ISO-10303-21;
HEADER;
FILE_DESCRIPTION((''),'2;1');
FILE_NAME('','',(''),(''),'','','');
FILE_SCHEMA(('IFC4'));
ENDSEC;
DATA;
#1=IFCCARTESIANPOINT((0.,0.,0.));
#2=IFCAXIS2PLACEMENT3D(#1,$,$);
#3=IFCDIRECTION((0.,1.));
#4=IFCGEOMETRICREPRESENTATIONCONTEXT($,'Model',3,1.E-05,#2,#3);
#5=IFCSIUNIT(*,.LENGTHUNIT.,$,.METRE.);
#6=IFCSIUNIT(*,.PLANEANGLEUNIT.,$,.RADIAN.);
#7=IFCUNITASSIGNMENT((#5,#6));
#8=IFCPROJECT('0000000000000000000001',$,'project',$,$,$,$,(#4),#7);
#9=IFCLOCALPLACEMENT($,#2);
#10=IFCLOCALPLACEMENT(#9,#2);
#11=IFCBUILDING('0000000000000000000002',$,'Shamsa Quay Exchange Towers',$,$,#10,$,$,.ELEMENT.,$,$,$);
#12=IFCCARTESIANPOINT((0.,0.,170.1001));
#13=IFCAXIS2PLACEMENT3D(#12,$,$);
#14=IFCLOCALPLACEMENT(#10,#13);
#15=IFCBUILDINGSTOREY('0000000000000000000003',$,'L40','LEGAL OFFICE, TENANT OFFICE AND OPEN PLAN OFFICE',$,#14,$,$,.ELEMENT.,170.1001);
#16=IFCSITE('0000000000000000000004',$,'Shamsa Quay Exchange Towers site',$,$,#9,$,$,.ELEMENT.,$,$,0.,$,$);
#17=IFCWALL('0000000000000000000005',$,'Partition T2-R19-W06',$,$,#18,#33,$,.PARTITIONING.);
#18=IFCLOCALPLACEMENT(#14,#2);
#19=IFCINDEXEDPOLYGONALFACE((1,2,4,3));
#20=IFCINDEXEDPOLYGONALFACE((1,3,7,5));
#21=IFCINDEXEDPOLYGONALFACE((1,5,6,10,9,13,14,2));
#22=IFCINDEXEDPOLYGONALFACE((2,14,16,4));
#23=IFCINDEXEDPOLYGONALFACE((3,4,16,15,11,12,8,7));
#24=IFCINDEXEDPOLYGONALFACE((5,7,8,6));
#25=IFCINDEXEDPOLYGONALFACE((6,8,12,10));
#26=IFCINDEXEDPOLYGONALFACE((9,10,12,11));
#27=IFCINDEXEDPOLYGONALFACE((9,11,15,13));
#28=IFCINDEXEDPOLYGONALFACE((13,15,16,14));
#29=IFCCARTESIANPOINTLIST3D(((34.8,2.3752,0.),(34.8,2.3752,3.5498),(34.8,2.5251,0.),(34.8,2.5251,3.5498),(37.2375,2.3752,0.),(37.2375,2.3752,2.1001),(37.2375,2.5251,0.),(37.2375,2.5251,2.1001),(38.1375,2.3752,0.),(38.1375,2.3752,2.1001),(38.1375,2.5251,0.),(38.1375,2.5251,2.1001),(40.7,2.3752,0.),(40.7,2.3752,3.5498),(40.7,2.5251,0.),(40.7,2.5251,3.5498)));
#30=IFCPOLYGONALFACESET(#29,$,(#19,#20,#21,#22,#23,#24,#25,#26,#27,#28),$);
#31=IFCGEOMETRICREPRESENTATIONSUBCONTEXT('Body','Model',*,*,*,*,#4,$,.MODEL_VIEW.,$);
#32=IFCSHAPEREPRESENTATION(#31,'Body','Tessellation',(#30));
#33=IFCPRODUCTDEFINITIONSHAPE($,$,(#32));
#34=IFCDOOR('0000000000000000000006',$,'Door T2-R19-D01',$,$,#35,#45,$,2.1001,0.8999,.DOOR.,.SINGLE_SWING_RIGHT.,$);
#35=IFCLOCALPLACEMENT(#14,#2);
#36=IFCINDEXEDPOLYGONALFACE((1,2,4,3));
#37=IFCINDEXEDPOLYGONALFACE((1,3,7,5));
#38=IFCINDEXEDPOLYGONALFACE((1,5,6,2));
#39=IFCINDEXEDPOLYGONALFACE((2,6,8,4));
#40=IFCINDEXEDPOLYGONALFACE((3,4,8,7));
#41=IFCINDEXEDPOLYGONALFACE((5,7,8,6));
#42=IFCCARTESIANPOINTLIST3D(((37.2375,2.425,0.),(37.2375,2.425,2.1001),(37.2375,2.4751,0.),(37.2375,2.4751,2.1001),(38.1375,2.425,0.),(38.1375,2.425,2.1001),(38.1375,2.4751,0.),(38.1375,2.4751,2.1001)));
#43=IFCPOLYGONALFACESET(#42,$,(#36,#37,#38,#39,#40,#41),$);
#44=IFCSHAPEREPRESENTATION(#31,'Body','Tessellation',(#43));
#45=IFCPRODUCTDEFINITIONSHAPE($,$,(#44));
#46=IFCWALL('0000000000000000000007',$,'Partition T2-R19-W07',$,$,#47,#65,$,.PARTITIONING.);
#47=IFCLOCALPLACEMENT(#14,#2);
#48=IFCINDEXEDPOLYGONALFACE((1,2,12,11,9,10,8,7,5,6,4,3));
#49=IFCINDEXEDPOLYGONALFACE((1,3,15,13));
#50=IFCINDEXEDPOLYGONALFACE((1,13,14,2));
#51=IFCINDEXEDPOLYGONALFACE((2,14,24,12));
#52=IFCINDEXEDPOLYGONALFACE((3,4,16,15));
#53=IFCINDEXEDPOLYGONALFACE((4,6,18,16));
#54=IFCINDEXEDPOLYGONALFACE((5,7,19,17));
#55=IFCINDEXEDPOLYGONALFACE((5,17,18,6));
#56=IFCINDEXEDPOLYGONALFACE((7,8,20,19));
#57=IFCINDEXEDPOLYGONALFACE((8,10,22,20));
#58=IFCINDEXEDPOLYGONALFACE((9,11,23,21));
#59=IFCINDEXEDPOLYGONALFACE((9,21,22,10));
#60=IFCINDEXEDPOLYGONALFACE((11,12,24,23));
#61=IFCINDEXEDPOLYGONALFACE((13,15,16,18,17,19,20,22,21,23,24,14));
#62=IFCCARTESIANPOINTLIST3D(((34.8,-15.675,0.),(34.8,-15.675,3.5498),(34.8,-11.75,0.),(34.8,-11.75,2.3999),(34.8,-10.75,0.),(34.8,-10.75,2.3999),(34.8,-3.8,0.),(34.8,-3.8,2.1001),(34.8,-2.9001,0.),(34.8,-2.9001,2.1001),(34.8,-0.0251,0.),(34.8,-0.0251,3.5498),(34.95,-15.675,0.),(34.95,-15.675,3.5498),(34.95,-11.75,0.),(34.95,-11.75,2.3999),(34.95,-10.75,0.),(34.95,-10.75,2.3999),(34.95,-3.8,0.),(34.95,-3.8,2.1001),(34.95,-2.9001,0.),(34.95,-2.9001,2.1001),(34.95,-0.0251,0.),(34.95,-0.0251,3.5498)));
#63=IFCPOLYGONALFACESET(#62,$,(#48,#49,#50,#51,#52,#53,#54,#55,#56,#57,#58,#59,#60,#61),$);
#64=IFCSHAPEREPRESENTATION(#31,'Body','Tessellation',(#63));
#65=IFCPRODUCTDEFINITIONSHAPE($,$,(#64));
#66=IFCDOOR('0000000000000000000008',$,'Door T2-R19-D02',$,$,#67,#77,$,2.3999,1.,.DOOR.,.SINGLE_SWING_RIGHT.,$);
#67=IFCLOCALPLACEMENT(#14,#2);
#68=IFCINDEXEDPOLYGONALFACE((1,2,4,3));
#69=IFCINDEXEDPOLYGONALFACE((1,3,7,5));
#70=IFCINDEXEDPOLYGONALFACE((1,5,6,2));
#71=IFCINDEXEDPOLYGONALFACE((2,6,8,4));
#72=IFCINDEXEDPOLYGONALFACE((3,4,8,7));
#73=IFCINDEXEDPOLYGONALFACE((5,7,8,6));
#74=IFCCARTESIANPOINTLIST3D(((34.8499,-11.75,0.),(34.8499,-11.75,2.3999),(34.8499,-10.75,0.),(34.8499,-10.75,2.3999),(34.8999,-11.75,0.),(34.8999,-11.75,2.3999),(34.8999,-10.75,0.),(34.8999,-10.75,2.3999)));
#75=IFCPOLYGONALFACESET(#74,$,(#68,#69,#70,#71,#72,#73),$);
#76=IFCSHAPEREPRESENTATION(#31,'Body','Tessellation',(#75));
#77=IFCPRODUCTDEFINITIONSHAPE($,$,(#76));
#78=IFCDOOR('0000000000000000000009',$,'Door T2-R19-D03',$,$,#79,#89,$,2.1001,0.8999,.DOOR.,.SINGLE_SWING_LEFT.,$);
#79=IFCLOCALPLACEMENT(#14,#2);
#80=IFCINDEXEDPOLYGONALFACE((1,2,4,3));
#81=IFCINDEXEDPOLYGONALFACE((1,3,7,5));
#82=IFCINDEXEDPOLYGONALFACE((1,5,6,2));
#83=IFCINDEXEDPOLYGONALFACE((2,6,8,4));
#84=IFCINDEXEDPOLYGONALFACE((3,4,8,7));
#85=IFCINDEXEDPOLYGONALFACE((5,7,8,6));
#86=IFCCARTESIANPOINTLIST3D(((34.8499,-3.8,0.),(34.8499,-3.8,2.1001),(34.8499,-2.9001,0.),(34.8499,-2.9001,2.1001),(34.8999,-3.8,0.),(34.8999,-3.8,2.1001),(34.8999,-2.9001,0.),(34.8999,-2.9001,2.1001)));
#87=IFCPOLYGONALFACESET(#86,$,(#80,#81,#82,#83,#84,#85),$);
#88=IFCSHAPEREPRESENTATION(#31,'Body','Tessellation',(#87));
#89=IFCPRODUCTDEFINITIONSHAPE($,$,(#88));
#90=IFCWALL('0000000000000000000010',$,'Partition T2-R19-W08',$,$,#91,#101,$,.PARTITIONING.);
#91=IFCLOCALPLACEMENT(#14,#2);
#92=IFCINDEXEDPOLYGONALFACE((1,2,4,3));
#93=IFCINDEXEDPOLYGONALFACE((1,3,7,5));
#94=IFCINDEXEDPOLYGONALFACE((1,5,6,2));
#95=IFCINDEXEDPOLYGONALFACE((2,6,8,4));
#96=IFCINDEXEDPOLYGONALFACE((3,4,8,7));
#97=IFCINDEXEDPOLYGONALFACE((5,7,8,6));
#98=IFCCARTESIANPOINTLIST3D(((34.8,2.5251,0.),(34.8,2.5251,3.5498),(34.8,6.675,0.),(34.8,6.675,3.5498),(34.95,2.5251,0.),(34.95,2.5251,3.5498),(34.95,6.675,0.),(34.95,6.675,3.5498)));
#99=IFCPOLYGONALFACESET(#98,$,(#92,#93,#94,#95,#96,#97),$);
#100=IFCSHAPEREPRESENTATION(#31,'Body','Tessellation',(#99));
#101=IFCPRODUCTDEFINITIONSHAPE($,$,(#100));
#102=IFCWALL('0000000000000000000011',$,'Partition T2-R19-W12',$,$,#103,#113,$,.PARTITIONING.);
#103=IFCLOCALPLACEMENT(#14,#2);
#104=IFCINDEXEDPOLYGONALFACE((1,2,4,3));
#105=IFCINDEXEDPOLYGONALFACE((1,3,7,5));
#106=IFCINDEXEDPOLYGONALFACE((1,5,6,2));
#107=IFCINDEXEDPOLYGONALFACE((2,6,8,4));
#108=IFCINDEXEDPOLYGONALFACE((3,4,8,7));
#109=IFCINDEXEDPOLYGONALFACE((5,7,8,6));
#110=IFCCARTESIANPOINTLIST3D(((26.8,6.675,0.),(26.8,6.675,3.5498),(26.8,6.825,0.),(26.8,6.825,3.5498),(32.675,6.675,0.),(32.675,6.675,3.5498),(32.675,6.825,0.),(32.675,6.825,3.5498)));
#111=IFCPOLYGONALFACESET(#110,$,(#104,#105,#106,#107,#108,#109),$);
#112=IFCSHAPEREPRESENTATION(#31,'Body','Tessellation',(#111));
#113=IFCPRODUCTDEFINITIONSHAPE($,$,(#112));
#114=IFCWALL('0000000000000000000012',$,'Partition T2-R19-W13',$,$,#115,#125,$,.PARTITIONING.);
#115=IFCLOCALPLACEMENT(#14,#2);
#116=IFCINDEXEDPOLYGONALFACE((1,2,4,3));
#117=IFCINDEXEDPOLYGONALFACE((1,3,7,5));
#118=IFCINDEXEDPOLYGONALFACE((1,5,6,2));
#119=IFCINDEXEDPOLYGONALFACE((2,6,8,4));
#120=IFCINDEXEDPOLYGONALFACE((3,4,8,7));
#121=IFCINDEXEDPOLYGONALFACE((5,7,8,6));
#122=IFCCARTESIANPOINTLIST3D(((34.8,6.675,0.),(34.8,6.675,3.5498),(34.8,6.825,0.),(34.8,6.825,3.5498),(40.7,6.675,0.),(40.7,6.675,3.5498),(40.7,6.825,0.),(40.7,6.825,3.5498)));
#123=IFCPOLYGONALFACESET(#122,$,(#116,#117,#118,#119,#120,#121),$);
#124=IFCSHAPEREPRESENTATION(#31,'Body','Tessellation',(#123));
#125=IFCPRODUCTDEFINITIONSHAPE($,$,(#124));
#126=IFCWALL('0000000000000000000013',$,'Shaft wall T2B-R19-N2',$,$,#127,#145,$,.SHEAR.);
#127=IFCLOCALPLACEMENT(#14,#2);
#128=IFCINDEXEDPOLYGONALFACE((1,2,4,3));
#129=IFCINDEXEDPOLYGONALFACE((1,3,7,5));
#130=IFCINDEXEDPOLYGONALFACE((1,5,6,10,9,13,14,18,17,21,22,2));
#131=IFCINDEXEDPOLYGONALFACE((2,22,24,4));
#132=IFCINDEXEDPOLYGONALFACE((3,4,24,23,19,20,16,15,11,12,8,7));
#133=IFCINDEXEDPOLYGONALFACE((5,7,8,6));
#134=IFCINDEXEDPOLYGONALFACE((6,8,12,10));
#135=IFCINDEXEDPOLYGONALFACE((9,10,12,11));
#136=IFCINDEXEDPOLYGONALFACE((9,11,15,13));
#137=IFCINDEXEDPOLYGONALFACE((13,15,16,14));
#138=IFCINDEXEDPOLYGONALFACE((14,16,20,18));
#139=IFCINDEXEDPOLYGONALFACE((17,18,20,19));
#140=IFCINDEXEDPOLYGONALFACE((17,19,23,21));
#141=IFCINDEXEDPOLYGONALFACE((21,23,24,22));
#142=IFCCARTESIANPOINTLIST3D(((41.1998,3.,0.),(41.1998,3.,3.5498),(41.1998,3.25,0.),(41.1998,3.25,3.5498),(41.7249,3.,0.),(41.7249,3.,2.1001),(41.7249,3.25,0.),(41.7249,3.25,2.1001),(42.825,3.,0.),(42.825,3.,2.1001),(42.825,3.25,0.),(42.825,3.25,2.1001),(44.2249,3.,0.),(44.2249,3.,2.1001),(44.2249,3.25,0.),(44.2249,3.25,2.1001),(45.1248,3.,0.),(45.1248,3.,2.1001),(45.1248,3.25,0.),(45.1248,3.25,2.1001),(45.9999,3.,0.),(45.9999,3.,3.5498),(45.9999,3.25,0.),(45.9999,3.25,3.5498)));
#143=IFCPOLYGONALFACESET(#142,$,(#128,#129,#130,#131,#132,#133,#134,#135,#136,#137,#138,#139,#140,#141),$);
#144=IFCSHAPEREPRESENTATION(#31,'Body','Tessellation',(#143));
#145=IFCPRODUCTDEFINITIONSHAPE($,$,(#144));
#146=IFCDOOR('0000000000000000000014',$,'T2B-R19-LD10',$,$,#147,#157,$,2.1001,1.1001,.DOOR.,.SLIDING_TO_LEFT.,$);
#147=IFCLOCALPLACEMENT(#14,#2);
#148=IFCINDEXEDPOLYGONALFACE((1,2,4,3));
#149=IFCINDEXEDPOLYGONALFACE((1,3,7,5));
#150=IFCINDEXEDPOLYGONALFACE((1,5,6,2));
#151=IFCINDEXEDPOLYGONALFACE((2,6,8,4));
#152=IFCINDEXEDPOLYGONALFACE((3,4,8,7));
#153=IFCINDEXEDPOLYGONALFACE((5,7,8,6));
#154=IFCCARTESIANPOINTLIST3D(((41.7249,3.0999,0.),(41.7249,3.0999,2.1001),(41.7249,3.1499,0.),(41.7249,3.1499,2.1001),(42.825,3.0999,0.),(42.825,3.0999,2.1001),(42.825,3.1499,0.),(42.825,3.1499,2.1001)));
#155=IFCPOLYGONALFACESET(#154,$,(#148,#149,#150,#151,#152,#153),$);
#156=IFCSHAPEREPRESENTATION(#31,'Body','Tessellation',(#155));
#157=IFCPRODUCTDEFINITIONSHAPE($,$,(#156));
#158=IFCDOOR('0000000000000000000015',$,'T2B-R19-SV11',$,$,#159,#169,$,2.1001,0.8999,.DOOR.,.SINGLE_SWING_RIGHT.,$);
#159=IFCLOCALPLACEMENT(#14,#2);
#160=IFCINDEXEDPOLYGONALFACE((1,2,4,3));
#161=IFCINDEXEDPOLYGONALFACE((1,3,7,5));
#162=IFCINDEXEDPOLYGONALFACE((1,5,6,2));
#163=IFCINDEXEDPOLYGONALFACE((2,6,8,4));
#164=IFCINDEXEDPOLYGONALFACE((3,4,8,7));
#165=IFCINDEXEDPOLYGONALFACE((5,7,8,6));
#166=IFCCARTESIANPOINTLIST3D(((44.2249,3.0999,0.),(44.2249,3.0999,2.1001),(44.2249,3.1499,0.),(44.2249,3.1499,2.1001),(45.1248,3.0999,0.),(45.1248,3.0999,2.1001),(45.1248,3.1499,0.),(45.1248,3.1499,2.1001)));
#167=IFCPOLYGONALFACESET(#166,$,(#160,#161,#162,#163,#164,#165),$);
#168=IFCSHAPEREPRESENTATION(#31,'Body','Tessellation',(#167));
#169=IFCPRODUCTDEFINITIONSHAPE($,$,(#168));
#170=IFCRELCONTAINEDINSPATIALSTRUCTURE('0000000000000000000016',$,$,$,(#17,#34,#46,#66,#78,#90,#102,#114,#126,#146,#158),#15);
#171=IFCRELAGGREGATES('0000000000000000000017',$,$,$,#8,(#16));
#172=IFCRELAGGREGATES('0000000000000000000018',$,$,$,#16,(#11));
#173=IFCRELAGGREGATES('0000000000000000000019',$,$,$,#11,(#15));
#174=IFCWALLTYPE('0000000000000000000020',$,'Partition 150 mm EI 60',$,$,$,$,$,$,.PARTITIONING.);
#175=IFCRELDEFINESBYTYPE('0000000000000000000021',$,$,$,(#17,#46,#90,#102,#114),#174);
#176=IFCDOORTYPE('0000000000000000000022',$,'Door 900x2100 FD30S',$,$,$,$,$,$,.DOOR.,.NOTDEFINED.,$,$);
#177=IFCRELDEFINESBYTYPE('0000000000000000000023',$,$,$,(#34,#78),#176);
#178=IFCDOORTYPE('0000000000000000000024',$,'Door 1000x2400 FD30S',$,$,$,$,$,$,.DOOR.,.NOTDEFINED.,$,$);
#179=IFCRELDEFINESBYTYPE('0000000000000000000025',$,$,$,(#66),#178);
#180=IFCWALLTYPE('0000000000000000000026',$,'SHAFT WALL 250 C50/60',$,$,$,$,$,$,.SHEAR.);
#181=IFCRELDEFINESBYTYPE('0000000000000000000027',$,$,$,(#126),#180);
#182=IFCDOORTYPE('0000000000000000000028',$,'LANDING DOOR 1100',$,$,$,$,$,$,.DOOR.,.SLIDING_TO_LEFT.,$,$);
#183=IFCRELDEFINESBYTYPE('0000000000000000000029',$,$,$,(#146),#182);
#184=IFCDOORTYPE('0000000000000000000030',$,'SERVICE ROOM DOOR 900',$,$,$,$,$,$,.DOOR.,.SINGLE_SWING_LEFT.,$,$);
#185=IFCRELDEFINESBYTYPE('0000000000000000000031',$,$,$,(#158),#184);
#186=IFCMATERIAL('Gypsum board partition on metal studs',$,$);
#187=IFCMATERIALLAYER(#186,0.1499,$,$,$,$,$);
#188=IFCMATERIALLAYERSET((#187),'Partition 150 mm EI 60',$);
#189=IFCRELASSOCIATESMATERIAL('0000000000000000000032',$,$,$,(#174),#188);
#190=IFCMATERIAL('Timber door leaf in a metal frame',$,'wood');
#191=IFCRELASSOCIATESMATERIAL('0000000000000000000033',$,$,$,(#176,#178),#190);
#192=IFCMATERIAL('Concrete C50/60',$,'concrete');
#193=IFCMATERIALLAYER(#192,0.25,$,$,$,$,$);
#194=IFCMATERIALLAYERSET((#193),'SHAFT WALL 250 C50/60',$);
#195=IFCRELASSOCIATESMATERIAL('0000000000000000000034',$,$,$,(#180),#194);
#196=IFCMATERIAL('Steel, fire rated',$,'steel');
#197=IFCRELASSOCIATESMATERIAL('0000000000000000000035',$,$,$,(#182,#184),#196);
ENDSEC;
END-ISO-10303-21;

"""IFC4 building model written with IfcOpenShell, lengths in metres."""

from ifc_helpers import new_model, si_unit, direction, frame, frame_2d, origin, place, context, subcontext, project, spatial, rectangle, extrude, material, layer, layer_set, type_object, element, fill, save


model = new_model("IFC4")

# Units and contexts
model_context = context("Model", 3, precision=1e-05, world=origin(), true_north=direction((0.0, 1.0)))
body_context = subcontext(model_context, "Body", "Model", "MODEL_VIEW")
ifc_project = project(units=[si_unit("LENGTHUNIT", "METRE"), si_unit("PLANEANGLEUNIT", "RADIAN")], contexts=[model_context])

# Site, building, storey
site_placement = place(None, origin())
site = spatial("IfcSite", under=ifc_project, at=site_placement, Name="Shamsa Quay Exchange Towers site", CompositionType="ELEMENT", RefElevation=0.0)
building_placement = place(site_placement, origin())
building = spatial("IfcBuilding", under=site, at=building_placement, Name="Shamsa Quay Exchange Towers", CompositionType="ELEMENT")
storey_placement = place(building_placement, frame((0.0, 0.0, 170.1001)))
storey = spatial("IfcBuildingStorey", under=building, at=storey_placement, Name="L40", Description="LEGAL OFFICE, TENANT OFFICE AND OPEN PLAN OFFICE", CompositionType="ELEMENT", Elevation=170.1001)

# Shared definitions
ifc_material_1 = material(Name="Gypsum board partition on metal studs")
ifc_layer_1 = layer(ifc_material_1, 0.1499)
ifc_layer_set_1 = layer_set([ifc_layer_1], Name="Partition 150 mm EI 60")
wall_type_1 = type_object("IfcWallType", Name="Partition 150 mm EI 60", PredefinedType="PARTITIONING", material=ifc_layer_set_1)

# Wall, opening, door
wall_1_placement = place(storey_placement, frame((34.8, 2.4502, 0.0)))
wall_1 = element("IfcWall", 1, at=wall_1_placement, inside=storey, type_object=wall_type_1, Name="Partition T2-R19-W06", PredefinedType="PARTITIONING", context=body_context, shape_type="SweptSolid", body=[
    extrude(rectangle(XDim=5.8999, YDim=0.1499, at=frame_2d((2.95, 0.0))), origin(), (0.0, 0.0, 1.0), 3.5498),
])
opening_1_placement = place(wall_1_placement, frame((2.4375, 0.0, 0.0)))
opening_1 = element("IfcOpeningElement", 2, at=opening_1_placement, cuts=wall_1, PredefinedType="OPENING", context=body_context, shape_type="SweptSolid", body=[
    extrude(rectangle(XDim=0.8999, YDim=2.1001, at=frame_2d((0.45, 1.05))), frame((0.0, 0.085, 0.0), z_axis=(0.0, -1.0, 0.0), x_axis=(1.0, 0.0, 0.0)), (0.0, 0.0, 1.0), 0.1699),
])
ifc_material_2 = material(Name="Timber door leaf in a metal frame", Category="wood")
door_type_1 = type_object("IfcDoorType", Name="Door 900x2100 FD30S", OperationType="NOTDEFINED", PredefinedType="DOOR", material=ifc_material_2)
door_1_placement = place(opening_1_placement, origin())
door_1 = element("IfcDoor", 3, at=door_1_placement, inside=storey, type_object=door_type_1, Name="Door T2-R19-D01", OperationType="SINGLE_SWING_RIGHT", OverallHeight=2.1001, OverallWidth=0.8999, PredefinedType="DOOR", context=body_context, shape_type="SweptSolid", body=[
    extrude(rectangle(XDim=0.8999, YDim=2.1001, at=frame_2d((0.45, 1.05))), frame((0.0, 0.0249, 0.0), z_axis=(0.0, -1.0, 0.0), x_axis=(1.0, 0.0, 0.0)), (0.0, 0.0, 1.0), 0.05),
])
fill(opening_1, door_1)

# Wall, openings, doors
wall_2_placement = place(storey_placement, frame((34.875, -0.0251, 0.0), z_axis=(0.0, 0.0, 1.0), x_axis=(0.0, -1.0, 0.0)))
wall_2 = element("IfcWall", 4, at=wall_2_placement, inside=storey, type_object=wall_type_1, Name="Partition T2-R19-W07", PredefinedType="PARTITIONING", context=body_context, shape_type="SweptSolid", body=[
    extrude(rectangle(XDim=15.6499, YDim=0.1499, at=frame_2d((7.825, 0.0))), origin(), (0.0, 0.0, 1.0), 3.5498),
])
opening_2_placement = place(wall_2_placement, frame((10.7249, 0.0, 0.0)))
opening_2 = element("IfcOpeningElement", 5, at=opening_2_placement, cuts=wall_2, PredefinedType="OPENING", context=body_context, shape_type="SweptSolid", body=[
    extrude(rectangle(XDim=1.0, YDim=2.3999, at=frame_2d((0.5, 1.2))), frame((0.0, 0.085, 0.0), z_axis=(0.0, -1.0, 0.0), x_axis=(1.0, 0.0, 0.0)), (0.0, 0.0, 1.0), 0.1699),
])
opening_3_placement = place(wall_2_placement, frame((2.875, 0.0, 0.0)))
opening_3 = element("IfcOpeningElement", 6, at=opening_3_placement, cuts=wall_2, PredefinedType="OPENING", context=body_context, shape_type="SweptSolid", body=[
    extrude(rectangle(XDim=0.8999, YDim=2.1001, at=frame_2d((0.45, 1.05))), frame((0.0, 0.085, 0.0), z_axis=(0.0, -1.0, 0.0), x_axis=(1.0, 0.0, 0.0)), (0.0, 0.0, 1.0), 0.1699),
])
door_type_2 = type_object("IfcDoorType", Name="Door 1000x2400 FD30S", OperationType="NOTDEFINED", PredefinedType="DOOR", material=ifc_material_2)
door_2_placement = place(opening_2_placement, origin())
door_2 = element("IfcDoor", 7, at=door_2_placement, inside=storey, type_object=door_type_2, Name="Door T2-R19-D02", OperationType="SINGLE_SWING_RIGHT", OverallHeight=2.3999, OverallWidth=1.0, PredefinedType="DOOR", context=body_context, shape_type="SweptSolid", body=[
    extrude(rectangle(XDim=1.0, YDim=2.3999, at=frame_2d((0.5, 1.2))), frame((0.0, 0.0249, 0.0), z_axis=(0.0, -1.0, 0.0), x_axis=(1.0, 0.0, 0.0)), (0.0, 0.0, 1.0), 0.05),
])
fill(opening_2, door_2)
door_3_placement = place(opening_3_placement, origin())
door_3 = element("IfcDoor", 8, at=door_3_placement, inside=storey, type_object=door_type_1, Name="Door T2-R19-D03", OperationType="SINGLE_SWING_LEFT", OverallHeight=2.1001, OverallWidth=0.8999, PredefinedType="DOOR", context=body_context, shape_type="SweptSolid", body=[
    extrude(rectangle(XDim=0.8999, YDim=2.1001, at=frame_2d((0.45, 1.05))), frame((0.0, 0.0249, 0.0), z_axis=(0.0, -1.0, 0.0), x_axis=(1.0, 0.0, 0.0)), (0.0, 0.0, 1.0), 0.05),
])
fill(opening_3, door_3)

# Walls
wall_3_placement = place(storey_placement, frame((34.875, 6.675, 0.0), z_axis=(0.0, 0.0, 1.0), x_axis=(0.0, -1.0, 0.0)))
element("IfcWall", 9, at=wall_3_placement, inside=storey, type_object=wall_type_1, Name="Partition T2-R19-W08", PredefinedType="PARTITIONING", context=body_context, shape_type="SweptSolid", body=[
    extrude(rectangle(XDim=4.1499, YDim=0.1499, at=frame_2d((2.075, 0.0))), origin(), (0.0, 0.0, 1.0), 3.5498),
])
wall_4_placement = place(storey_placement, frame((32.675, 6.75, 0.0), z_axis=(0.0, 0.0, 1.0), x_axis=(-1.0, 0.0, 0.0)))
element("IfcWall", 10, at=wall_4_placement, inside=storey, type_object=wall_type_1, Name="Partition T2-R19-W12", PredefinedType="PARTITIONING", context=body_context, shape_type="SweptSolid", body=[
    extrude(rectangle(XDim=5.875, YDim=0.1499, at=frame_2d((2.9375, 0.0))), origin(), (0.0, 0.0, 1.0), 3.5498),
])
wall_5_placement = place(storey_placement, frame((40.7, 6.75, 0.0), z_axis=(0.0, 0.0, 1.0), x_axis=(-1.0, 0.0, 0.0)))
element("IfcWall", 11, at=wall_5_placement, inside=storey, type_object=wall_type_1, Name="Partition T2-R19-W13", PredefinedType="PARTITIONING", context=body_context, shape_type="SweptSolid", body=[
    extrude(rectangle(XDim=5.8999, YDim=0.1499, at=frame_2d((2.95, 0.0))), origin(), (0.0, 0.0, 1.0), 3.5498),
])

# Wall, openings, doors
ifc_material_3 = material(Name="Concrete C50/60", Category="concrete")
ifc_layer_2 = layer(ifc_material_3, 0.25)
ifc_layer_set_2 = layer_set([ifc_layer_2], Name="SHAFT WALL 250 C50/60")
wall_type_2 = type_object("IfcWallType", Name="SHAFT WALL 250 C50/60", PredefinedType="SHEAR", material=ifc_layer_set_2)
wall_6_placement = place(storey_placement, frame((41.2, 3.125, 0.0)))
wall_6 = element("IfcWall", 12, at=wall_6_placement, inside=storey, type_object=wall_type_2, Name="Shaft wall T2B-R19-N2", PredefinedType="SHEAR", context=body_context, shape_type="SweptSolid", body=[
    extrude(rectangle(XDim=4.8, YDim=0.25, at=frame_2d((2.3999, 0.0))), origin(), (0.0, 0.0, 1.0), 3.5498),
])
opening_4_placement = place(wall_6_placement, frame((0.5249, 0.0, 0.0)))
opening_4 = element("IfcOpeningElement", 13, at=opening_4_placement, cuts=wall_6, PredefinedType="OPENING", context=body_context, shape_type="SweptSolid", body=[
    extrude(rectangle(XDim=1.1001, YDim=2.1001, at=frame_2d((0.55, 1.05))), frame((0.0, 0.135, 0.0), z_axis=(0.0, -1.0, 0.0), x_axis=(1.0, 0.0, 0.0)), (0.0, 0.0, 1.0), 0.27),
])
opening_5_placement = place(wall_6_placement, frame((3.0249, 0.0, 0.0)))
opening_5 = element("IfcOpeningElement", 14, at=opening_5_placement, cuts=wall_6, PredefinedType="OPENING", context=body_context, shape_type="SweptSolid", body=[
    extrude(rectangle(XDim=0.8999, YDim=2.1001, at=frame_2d((0.45, 1.05))), frame((0.0, 0.135, 0.0), z_axis=(0.0, -1.0, 0.0), x_axis=(1.0, 0.0, 0.0)), (0.0, 0.0, 1.0), 0.27),
])
ifc_material_4 = material(Name="Steel, fire rated", Category="steel")
door_type_3 = type_object("IfcDoorType", Name="LANDING DOOR 1100", OperationType="SLIDING_TO_LEFT", PredefinedType="DOOR", material=ifc_material_4)
door_4_placement = place(opening_4_placement, origin())
door_4 = element("IfcDoor", 15, at=door_4_placement, inside=storey, type_object=door_type_3, Name="T2B-R19-LD10", OperationType="SLIDING_TO_LEFT", OverallHeight=2.1001, OverallWidth=1.1001, PredefinedType="DOOR", context=body_context, shape_type="SweptSolid", body=[
    extrude(rectangle(XDim=1.1001, YDim=2.1001, at=frame_2d((0.55, 1.05))), frame((0.0, 0.0249, 0.0), z_axis=(0.0, -1.0, 0.0), x_axis=(1.0, 0.0, 0.0)), (0.0, 0.0, 1.0), 0.05),
])
fill(opening_4, door_4)
door_type_4 = type_object("IfcDoorType", Name="SERVICE ROOM DOOR 900", OperationType="SINGLE_SWING_LEFT", PredefinedType="DOOR", material=ifc_material_4)
door_5_placement = place(opening_5_placement, origin())
door_5 = element("IfcDoor", 16, at=door_5_placement, inside=storey, type_object=door_type_4, Name="T2B-R19-SV11", OperationType="SINGLE_SWING_RIGHT", OverallHeight=2.1001, OverallWidth=0.8999, PredefinedType="DOOR", context=body_context, shape_type="SweptSolid", body=[
    extrude(rectangle(XDim=0.8999, YDim=2.1001, at=frame_2d((0.45, 1.05))), frame((0.0, 0.0249, 0.0), z_axis=(0.0, -1.0, 0.0), x_axis=(1.0, 0.0, 0.0)), (0.0, 0.0, 1.0), 0.05),
])
fill(opening_5, door_5)

save(model, "model.ifc")
